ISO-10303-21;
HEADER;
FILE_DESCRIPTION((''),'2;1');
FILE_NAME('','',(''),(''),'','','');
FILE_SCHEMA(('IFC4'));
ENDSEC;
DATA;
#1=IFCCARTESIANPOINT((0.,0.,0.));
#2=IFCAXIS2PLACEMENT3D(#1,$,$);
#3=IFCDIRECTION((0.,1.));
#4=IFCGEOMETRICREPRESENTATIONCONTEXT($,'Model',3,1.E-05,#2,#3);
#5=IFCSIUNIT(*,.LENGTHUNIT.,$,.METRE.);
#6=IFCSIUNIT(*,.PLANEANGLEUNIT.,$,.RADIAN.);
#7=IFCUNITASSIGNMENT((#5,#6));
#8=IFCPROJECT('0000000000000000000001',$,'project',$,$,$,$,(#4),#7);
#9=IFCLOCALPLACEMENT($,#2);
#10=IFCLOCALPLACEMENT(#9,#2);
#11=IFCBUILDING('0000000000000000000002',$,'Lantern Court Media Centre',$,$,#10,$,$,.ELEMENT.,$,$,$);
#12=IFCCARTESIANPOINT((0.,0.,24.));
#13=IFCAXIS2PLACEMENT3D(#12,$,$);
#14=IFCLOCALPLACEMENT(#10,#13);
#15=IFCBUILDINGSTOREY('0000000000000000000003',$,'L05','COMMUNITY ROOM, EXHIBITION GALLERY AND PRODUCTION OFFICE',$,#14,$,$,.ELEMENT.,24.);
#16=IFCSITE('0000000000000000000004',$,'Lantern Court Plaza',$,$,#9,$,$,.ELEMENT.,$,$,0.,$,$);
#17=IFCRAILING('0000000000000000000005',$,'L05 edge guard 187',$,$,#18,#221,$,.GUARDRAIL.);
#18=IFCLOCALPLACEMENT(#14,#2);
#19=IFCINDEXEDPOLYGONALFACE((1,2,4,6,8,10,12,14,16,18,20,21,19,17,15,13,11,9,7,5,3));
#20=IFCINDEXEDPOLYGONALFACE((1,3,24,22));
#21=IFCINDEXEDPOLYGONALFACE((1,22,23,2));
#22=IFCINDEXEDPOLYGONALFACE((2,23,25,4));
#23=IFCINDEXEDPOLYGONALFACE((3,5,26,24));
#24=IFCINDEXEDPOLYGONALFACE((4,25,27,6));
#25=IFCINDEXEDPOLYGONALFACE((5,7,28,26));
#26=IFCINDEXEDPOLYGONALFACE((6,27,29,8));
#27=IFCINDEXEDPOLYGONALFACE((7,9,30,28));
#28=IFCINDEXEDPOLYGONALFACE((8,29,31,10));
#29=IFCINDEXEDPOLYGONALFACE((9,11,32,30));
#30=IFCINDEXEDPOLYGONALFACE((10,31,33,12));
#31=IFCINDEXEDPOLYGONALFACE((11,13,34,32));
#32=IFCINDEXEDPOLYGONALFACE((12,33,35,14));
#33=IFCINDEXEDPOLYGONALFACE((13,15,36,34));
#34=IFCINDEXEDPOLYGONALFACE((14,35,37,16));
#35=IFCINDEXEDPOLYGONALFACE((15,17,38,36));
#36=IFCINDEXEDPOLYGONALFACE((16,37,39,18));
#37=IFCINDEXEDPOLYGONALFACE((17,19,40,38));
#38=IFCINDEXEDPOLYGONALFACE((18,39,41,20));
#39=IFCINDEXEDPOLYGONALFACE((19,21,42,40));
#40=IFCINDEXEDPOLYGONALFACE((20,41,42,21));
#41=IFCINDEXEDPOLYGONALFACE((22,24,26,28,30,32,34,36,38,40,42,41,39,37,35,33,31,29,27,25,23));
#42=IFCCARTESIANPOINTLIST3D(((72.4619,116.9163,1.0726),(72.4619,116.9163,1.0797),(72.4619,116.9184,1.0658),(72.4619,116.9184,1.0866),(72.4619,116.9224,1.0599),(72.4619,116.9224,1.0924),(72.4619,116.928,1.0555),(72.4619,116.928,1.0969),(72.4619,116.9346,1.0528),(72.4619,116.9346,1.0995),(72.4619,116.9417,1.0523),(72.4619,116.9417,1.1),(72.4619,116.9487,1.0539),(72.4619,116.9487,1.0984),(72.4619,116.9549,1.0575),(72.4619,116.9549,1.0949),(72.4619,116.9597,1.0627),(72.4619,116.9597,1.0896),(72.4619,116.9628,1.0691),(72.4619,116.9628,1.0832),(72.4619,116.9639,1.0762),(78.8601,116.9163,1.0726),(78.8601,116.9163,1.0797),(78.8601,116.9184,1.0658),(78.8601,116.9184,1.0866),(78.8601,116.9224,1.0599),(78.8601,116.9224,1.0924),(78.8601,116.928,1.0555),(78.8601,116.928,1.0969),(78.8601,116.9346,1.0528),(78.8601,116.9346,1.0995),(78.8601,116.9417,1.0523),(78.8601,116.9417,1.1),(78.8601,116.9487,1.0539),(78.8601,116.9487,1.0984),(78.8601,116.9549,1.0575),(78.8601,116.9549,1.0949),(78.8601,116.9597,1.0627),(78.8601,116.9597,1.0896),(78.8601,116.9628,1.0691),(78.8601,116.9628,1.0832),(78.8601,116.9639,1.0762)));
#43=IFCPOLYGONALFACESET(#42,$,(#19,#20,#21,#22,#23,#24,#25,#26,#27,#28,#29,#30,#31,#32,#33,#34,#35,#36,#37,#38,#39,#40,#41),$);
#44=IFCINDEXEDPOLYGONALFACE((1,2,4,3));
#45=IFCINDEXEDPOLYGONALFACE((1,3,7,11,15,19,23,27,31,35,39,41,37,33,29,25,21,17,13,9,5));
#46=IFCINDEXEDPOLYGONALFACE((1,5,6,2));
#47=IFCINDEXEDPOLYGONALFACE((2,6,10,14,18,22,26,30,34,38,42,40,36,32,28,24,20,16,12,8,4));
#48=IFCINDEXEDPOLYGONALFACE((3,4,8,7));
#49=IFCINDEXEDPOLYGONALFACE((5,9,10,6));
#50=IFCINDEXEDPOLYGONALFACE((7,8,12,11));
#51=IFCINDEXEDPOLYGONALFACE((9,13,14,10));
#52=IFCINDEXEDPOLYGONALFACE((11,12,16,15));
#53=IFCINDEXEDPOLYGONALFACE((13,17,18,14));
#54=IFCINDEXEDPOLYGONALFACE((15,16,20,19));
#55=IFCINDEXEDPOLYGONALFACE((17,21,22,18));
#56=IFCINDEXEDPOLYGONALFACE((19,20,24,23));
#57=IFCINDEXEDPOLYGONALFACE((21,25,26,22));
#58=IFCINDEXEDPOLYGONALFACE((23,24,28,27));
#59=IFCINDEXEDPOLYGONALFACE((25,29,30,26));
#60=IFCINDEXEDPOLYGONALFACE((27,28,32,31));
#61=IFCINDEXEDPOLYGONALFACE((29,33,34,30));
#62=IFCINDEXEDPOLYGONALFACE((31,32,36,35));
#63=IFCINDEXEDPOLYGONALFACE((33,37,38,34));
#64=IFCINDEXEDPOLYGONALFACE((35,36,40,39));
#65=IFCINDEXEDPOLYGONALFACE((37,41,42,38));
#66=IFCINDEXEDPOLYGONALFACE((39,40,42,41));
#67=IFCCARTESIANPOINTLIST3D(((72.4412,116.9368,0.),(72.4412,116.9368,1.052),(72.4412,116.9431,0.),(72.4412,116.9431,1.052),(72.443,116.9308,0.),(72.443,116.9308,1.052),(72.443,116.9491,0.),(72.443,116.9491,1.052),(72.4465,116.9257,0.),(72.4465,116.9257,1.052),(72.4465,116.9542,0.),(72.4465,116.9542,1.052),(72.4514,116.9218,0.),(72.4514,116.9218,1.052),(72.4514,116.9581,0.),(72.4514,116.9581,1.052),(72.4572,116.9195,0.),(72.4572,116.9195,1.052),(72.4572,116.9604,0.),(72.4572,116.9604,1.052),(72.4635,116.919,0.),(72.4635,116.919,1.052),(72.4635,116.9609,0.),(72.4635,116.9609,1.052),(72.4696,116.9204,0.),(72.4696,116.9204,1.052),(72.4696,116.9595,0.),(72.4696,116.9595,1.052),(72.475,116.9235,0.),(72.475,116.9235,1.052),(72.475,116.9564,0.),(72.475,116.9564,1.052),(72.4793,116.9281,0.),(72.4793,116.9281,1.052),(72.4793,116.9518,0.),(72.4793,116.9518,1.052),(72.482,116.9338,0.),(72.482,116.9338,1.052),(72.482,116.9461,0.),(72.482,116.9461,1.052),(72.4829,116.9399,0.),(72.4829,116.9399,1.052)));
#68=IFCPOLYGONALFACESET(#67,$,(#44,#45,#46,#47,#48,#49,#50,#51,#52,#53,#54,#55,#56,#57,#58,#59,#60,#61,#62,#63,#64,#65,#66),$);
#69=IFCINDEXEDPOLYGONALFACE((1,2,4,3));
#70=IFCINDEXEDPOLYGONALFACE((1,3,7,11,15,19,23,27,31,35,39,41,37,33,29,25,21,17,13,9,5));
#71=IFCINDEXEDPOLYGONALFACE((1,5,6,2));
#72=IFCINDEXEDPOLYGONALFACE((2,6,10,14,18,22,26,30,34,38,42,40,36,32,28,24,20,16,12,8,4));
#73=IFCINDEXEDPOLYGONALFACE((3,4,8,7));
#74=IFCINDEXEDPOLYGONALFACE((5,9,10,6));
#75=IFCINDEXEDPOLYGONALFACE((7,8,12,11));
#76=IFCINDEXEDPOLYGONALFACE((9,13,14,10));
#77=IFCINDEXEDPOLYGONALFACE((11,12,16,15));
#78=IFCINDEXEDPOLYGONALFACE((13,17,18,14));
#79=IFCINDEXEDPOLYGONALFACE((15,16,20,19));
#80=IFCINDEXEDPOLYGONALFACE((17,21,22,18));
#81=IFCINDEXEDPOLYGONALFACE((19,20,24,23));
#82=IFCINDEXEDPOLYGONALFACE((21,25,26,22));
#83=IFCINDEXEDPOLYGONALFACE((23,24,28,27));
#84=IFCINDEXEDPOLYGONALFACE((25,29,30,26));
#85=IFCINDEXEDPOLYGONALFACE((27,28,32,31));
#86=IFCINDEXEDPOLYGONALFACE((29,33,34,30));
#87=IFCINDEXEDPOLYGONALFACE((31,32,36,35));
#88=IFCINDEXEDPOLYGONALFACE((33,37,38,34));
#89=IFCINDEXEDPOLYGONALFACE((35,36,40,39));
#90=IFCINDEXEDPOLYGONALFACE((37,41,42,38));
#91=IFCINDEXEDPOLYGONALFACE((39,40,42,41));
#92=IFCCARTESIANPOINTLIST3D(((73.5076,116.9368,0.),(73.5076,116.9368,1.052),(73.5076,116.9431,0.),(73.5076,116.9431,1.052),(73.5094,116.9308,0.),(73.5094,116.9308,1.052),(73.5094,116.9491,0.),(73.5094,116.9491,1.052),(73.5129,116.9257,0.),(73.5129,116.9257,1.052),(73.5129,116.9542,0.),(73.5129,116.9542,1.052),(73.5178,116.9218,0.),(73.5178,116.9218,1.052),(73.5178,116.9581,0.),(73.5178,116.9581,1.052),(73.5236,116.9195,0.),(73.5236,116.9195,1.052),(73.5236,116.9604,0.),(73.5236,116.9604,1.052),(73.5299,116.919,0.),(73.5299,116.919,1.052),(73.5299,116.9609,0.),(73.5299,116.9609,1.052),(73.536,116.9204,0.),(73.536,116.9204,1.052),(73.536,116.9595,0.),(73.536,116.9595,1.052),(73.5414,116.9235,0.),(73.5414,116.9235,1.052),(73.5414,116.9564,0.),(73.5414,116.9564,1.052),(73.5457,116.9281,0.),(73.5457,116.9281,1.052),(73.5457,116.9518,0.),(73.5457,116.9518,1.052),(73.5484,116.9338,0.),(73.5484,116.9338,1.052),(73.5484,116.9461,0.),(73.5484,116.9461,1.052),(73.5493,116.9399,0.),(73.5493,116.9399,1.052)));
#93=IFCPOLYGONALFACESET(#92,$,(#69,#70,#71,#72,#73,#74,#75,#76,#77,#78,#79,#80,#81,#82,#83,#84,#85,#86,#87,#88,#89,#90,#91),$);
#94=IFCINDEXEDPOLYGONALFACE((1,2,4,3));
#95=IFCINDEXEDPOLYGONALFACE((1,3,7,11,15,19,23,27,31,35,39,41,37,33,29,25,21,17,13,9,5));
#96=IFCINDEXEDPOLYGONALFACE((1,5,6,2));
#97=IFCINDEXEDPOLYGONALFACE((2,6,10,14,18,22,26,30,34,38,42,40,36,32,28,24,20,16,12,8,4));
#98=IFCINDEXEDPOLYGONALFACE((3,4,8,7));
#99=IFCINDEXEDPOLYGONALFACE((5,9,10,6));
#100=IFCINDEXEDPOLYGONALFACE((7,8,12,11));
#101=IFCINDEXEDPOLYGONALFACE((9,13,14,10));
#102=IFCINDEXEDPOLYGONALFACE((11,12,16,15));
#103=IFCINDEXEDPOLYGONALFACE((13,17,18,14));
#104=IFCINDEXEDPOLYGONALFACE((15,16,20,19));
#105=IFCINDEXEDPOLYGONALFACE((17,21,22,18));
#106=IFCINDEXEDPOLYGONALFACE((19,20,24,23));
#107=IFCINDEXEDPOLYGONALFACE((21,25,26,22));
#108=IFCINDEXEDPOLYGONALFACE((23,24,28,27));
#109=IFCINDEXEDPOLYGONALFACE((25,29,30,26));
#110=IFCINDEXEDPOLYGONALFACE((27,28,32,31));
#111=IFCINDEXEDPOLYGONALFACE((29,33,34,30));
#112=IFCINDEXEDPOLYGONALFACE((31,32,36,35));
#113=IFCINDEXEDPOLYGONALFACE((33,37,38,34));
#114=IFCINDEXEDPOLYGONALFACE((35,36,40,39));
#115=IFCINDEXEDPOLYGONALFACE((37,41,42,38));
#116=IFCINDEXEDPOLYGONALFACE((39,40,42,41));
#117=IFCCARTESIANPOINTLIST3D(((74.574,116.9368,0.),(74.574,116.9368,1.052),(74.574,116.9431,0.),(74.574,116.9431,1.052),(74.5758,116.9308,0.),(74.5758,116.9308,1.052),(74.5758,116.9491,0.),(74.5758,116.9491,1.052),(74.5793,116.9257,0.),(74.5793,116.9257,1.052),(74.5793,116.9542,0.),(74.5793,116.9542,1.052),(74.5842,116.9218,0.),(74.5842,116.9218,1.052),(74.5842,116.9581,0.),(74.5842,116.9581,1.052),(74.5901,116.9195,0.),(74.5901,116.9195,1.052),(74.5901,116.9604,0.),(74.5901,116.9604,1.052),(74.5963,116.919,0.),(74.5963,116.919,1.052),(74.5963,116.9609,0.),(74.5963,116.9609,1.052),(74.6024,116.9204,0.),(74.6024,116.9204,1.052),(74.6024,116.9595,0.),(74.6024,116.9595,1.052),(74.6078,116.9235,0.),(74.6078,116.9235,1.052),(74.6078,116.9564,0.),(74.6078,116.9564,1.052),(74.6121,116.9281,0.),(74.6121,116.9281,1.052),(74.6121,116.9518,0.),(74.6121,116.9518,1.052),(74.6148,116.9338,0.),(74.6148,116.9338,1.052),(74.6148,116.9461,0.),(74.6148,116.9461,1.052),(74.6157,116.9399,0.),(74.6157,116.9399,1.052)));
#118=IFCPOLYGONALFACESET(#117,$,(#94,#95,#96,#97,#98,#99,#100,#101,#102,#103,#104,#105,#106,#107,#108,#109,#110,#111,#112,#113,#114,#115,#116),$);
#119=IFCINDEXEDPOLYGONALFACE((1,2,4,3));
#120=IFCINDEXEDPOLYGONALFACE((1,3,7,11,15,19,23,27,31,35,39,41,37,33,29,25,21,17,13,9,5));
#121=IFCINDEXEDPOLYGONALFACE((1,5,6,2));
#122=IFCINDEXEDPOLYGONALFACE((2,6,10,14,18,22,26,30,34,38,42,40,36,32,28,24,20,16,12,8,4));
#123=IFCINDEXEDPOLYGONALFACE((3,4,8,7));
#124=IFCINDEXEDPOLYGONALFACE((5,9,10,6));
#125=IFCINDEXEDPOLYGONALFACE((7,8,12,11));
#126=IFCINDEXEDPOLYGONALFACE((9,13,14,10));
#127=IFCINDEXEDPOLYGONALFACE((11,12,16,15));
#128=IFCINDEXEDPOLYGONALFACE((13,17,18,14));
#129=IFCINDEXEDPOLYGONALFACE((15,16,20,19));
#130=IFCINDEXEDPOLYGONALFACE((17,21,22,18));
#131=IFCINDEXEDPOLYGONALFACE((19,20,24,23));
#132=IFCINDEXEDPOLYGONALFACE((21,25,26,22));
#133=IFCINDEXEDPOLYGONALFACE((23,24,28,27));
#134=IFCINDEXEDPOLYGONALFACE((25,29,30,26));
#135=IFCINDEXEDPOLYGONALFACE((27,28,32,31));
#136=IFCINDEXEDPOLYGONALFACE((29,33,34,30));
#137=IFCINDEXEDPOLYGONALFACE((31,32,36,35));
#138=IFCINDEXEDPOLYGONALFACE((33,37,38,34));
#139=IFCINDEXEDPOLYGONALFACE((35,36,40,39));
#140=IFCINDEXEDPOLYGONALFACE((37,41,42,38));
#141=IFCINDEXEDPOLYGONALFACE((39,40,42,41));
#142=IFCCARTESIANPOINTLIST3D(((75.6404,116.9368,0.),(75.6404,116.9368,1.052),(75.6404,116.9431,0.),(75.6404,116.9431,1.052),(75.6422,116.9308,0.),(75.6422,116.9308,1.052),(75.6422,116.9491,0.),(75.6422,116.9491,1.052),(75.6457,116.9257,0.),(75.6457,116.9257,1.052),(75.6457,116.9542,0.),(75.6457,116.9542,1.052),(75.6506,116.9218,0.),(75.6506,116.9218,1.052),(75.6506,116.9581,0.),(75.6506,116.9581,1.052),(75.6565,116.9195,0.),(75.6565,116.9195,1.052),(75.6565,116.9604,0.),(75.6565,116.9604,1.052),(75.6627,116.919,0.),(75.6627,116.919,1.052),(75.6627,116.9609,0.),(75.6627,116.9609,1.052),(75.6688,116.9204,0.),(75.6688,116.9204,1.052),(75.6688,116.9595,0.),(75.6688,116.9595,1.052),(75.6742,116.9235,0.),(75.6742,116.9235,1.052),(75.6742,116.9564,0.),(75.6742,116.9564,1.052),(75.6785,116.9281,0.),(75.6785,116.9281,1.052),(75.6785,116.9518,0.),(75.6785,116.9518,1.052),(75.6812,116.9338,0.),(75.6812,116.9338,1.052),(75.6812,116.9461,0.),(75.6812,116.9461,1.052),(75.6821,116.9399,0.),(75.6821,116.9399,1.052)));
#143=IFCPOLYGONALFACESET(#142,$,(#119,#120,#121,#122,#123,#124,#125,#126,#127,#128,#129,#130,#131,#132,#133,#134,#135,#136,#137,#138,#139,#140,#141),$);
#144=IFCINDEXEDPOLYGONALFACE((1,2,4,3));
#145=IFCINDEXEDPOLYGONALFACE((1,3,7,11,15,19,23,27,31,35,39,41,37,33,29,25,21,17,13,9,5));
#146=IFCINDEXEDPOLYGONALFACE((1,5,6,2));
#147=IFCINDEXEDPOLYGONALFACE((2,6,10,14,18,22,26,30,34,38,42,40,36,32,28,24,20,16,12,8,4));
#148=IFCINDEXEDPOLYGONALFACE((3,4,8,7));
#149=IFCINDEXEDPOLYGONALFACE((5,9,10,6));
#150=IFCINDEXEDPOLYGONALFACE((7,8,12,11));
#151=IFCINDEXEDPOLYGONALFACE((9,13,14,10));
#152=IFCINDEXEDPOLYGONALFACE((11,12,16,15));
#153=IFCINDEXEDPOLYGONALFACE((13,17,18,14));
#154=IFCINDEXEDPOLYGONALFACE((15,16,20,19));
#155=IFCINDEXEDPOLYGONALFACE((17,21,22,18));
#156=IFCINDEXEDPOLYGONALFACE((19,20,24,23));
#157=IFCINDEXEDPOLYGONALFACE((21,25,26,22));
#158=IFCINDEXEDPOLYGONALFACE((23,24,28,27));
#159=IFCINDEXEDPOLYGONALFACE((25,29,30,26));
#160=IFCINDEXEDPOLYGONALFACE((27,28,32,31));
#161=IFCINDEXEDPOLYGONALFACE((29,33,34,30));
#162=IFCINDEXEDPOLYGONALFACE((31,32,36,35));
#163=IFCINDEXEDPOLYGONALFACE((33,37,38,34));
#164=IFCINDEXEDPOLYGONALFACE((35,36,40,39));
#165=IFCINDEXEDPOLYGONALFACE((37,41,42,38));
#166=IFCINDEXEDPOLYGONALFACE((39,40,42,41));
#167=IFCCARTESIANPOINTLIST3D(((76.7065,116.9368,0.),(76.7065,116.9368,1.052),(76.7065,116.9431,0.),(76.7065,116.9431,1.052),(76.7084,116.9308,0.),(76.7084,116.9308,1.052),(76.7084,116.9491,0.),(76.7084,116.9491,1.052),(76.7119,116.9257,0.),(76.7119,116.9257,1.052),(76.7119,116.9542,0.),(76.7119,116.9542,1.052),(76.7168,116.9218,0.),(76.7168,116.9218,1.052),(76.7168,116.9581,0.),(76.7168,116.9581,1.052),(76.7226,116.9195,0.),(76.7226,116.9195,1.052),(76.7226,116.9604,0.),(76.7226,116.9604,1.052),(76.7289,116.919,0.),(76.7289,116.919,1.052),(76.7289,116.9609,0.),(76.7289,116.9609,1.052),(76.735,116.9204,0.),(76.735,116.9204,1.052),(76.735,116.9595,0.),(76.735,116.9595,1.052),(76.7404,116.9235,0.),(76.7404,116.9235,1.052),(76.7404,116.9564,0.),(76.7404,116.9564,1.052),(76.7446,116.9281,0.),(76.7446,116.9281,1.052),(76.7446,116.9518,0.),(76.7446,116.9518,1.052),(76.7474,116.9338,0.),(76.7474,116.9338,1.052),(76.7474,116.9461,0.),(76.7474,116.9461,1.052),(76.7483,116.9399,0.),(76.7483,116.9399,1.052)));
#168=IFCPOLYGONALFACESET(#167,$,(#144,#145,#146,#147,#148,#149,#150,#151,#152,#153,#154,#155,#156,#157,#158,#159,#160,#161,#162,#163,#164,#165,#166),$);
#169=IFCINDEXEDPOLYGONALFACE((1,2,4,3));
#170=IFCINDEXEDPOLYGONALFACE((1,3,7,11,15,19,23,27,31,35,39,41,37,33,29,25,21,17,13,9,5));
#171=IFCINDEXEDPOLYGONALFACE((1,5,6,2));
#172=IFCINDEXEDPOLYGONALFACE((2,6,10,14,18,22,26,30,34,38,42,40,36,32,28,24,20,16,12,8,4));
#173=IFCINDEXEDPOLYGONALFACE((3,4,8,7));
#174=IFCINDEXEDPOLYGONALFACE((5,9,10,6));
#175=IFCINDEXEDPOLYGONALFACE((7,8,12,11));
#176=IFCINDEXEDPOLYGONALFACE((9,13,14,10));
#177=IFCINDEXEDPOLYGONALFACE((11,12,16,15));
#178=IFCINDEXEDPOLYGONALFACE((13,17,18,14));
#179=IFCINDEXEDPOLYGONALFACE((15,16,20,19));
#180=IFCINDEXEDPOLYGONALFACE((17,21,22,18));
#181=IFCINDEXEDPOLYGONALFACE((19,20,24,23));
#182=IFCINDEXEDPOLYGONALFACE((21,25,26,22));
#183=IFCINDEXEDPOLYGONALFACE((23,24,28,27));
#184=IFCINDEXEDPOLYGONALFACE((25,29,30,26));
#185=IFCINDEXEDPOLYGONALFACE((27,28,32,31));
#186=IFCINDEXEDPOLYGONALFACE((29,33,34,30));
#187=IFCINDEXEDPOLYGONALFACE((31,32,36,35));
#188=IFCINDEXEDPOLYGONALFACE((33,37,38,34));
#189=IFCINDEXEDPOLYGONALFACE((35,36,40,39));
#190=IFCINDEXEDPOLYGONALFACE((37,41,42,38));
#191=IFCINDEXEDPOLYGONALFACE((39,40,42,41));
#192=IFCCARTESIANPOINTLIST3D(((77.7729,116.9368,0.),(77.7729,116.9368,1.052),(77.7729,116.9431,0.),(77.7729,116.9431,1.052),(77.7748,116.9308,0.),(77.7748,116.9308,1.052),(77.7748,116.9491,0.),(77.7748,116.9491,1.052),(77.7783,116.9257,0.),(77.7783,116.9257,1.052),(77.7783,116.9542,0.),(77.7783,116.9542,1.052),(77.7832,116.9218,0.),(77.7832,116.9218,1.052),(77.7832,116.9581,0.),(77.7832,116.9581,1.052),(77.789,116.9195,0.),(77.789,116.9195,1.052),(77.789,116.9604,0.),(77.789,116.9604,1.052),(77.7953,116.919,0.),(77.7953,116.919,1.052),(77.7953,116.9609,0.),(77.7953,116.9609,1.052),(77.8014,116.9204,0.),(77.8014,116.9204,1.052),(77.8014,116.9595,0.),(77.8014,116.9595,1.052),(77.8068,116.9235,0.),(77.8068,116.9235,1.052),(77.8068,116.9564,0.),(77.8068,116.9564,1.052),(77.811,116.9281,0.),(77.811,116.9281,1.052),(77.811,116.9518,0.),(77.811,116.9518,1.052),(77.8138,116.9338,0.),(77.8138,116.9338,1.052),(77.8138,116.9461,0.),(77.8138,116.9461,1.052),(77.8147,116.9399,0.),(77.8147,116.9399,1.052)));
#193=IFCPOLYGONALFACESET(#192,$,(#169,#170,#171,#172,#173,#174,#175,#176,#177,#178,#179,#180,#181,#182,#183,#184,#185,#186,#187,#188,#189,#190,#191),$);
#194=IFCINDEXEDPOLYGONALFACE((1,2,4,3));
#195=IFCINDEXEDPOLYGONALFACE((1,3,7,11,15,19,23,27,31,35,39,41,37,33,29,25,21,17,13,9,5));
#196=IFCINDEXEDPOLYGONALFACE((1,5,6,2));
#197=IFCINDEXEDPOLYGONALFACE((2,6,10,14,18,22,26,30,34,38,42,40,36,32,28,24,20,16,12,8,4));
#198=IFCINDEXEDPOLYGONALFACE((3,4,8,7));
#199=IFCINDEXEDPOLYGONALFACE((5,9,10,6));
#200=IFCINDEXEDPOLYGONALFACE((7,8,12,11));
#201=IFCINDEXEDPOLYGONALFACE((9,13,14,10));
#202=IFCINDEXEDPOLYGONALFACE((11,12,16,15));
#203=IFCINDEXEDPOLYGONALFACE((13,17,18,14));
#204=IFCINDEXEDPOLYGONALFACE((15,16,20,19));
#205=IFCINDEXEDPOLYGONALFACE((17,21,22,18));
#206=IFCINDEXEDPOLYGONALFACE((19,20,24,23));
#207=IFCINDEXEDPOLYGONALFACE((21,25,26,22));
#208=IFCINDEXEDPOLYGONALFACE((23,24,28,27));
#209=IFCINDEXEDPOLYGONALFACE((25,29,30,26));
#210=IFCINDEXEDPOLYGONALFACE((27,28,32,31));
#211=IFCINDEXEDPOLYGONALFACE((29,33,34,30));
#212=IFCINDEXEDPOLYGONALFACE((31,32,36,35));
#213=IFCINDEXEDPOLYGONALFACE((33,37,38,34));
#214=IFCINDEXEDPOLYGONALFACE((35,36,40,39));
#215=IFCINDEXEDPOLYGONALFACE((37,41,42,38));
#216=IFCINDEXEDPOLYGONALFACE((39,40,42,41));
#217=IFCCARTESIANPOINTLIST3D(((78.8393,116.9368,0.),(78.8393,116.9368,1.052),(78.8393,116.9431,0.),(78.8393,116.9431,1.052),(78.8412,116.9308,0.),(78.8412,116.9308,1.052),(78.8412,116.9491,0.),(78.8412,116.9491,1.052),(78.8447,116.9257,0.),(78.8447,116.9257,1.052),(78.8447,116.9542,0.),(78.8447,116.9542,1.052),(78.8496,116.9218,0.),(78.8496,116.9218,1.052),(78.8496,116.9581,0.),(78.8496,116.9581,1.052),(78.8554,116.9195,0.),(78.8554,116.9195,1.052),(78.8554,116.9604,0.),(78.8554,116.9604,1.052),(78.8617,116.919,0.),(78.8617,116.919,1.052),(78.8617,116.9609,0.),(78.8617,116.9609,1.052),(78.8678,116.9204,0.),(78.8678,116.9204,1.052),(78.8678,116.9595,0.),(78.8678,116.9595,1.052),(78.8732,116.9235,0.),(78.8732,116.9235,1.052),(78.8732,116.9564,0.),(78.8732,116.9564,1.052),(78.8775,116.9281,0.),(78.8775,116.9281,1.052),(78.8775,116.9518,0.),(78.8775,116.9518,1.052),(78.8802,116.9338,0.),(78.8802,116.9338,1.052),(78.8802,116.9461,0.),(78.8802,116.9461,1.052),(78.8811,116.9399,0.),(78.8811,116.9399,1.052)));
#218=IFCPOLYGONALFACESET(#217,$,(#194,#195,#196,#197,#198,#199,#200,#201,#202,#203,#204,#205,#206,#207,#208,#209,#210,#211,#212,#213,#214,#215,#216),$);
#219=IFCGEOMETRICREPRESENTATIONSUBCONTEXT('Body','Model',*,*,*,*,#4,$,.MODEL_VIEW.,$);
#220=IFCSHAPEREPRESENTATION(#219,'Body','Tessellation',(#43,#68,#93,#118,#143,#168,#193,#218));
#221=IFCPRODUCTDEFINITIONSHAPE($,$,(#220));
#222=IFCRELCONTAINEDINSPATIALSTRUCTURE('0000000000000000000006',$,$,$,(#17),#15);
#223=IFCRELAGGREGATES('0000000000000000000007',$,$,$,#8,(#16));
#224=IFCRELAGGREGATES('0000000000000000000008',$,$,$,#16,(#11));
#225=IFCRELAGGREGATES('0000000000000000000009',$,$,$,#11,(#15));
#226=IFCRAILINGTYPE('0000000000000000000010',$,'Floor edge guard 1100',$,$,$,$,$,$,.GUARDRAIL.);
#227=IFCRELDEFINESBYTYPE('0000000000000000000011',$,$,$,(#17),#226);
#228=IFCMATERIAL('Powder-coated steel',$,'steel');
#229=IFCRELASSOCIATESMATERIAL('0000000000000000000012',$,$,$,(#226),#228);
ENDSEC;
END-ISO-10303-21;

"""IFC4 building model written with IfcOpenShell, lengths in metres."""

from ifc_helpers import new_model, si_unit, direction, frame, origin, origin_2d, place, context, subcontext, project, spatial, circle, extrude, material, type_object, element, save


model = new_model("IFC4")

# Units and contexts
model_context = context("Model", 3, precision=1e-05, world=origin(), true_north=direction((0.0, 1.0)))
body_context = subcontext(model_context, "Body", "Model", "MODEL_VIEW")
ifc_project = project(units=[si_unit("LENGTHUNIT", "METRE"), si_unit("PLANEANGLEUNIT", "RADIAN")], contexts=[model_context])

# Site, building, storey
site_placement = place(None, origin())
site = spatial("IfcSite", under=ifc_project, at=site_placement, Name="Lantern Court Plaza", CompositionType="ELEMENT", RefElevation=0.0)
building_placement = place(site_placement, origin())
building = spatial("IfcBuilding", under=site, at=building_placement, Name="Lantern Court Media Centre", CompositionType="ELEMENT")
storey_placement = place(building_placement, frame((0.0, 0.0, 24.0)))
storey = spatial("IfcBuildingStorey", under=building, at=storey_placement, Name="L05", Description="COMMUNITY ROOM, EXHIBITION GALLERY AND PRODUCTION OFFICE", CompositionType="ELEMENT", Elevation=24.0)

# Railing
ifc_material_1 = material(Name="Powder-coated steel", Category="steel")
railing_type = type_object("IfcRailingType", Name="Floor edge guard 1100", PredefinedType="GUARDRAIL", material=ifc_material_1)
railing_placement = place(storey_placement, frame((72.4619, 116.9399, 0.0)))
element("IfcRailing", 1, at=railing_placement, inside=storey, type_object=railing_type, Name="L05 edge guard 187", PredefinedType="GUARDRAIL", context=body_context, shape_type="SweptSolid", body=[
    extrude(circle(Radius=0.0239, at=origin_2d()), frame((0.0, 0.0, 1.0762), z_axis=(1.0, 0.0, 0.0), x_axis=(0.0, 1.0, 0.0)), (0.0, 0.0, 1.0), 6.3982),
    extrude(circle(Radius=0.021, at=origin_2d()), origin(), (0.0, 0.0, 1.0), 1.052),
    extrude(circle(Radius=0.021, at=origin_2d()), frame((1.0664, 0.0, 0.0)), (0.0, 0.0, 1.0), 1.052),
    extrude(circle(Radius=0.021, at=origin_2d()), frame((2.1328, 0.0, 0.0)), (0.0, 0.0, 1.0), 1.052),
    extrude(circle(Radius=0.021, at=origin_2d()), frame((3.1992, 0.0, 0.0)), (0.0, 0.0, 1.0), 1.052),
    extrude(circle(Radius=0.021, at=origin_2d()), frame((4.2654, 0.0, 0.0)), (0.0, 0.0, 1.0), 1.052),
    extrude(circle(Radius=0.021, at=origin_2d()), frame((5.3318, 0.0, 0.0)), (0.0, 0.0, 1.0), 1.052),
    extrude(circle(Radius=0.021, at=origin_2d()), frame((6.3982, 0.0, 0.0)), (0.0, 0.0, 1.0), 1.052),
])

save(model, "model.ifc")
